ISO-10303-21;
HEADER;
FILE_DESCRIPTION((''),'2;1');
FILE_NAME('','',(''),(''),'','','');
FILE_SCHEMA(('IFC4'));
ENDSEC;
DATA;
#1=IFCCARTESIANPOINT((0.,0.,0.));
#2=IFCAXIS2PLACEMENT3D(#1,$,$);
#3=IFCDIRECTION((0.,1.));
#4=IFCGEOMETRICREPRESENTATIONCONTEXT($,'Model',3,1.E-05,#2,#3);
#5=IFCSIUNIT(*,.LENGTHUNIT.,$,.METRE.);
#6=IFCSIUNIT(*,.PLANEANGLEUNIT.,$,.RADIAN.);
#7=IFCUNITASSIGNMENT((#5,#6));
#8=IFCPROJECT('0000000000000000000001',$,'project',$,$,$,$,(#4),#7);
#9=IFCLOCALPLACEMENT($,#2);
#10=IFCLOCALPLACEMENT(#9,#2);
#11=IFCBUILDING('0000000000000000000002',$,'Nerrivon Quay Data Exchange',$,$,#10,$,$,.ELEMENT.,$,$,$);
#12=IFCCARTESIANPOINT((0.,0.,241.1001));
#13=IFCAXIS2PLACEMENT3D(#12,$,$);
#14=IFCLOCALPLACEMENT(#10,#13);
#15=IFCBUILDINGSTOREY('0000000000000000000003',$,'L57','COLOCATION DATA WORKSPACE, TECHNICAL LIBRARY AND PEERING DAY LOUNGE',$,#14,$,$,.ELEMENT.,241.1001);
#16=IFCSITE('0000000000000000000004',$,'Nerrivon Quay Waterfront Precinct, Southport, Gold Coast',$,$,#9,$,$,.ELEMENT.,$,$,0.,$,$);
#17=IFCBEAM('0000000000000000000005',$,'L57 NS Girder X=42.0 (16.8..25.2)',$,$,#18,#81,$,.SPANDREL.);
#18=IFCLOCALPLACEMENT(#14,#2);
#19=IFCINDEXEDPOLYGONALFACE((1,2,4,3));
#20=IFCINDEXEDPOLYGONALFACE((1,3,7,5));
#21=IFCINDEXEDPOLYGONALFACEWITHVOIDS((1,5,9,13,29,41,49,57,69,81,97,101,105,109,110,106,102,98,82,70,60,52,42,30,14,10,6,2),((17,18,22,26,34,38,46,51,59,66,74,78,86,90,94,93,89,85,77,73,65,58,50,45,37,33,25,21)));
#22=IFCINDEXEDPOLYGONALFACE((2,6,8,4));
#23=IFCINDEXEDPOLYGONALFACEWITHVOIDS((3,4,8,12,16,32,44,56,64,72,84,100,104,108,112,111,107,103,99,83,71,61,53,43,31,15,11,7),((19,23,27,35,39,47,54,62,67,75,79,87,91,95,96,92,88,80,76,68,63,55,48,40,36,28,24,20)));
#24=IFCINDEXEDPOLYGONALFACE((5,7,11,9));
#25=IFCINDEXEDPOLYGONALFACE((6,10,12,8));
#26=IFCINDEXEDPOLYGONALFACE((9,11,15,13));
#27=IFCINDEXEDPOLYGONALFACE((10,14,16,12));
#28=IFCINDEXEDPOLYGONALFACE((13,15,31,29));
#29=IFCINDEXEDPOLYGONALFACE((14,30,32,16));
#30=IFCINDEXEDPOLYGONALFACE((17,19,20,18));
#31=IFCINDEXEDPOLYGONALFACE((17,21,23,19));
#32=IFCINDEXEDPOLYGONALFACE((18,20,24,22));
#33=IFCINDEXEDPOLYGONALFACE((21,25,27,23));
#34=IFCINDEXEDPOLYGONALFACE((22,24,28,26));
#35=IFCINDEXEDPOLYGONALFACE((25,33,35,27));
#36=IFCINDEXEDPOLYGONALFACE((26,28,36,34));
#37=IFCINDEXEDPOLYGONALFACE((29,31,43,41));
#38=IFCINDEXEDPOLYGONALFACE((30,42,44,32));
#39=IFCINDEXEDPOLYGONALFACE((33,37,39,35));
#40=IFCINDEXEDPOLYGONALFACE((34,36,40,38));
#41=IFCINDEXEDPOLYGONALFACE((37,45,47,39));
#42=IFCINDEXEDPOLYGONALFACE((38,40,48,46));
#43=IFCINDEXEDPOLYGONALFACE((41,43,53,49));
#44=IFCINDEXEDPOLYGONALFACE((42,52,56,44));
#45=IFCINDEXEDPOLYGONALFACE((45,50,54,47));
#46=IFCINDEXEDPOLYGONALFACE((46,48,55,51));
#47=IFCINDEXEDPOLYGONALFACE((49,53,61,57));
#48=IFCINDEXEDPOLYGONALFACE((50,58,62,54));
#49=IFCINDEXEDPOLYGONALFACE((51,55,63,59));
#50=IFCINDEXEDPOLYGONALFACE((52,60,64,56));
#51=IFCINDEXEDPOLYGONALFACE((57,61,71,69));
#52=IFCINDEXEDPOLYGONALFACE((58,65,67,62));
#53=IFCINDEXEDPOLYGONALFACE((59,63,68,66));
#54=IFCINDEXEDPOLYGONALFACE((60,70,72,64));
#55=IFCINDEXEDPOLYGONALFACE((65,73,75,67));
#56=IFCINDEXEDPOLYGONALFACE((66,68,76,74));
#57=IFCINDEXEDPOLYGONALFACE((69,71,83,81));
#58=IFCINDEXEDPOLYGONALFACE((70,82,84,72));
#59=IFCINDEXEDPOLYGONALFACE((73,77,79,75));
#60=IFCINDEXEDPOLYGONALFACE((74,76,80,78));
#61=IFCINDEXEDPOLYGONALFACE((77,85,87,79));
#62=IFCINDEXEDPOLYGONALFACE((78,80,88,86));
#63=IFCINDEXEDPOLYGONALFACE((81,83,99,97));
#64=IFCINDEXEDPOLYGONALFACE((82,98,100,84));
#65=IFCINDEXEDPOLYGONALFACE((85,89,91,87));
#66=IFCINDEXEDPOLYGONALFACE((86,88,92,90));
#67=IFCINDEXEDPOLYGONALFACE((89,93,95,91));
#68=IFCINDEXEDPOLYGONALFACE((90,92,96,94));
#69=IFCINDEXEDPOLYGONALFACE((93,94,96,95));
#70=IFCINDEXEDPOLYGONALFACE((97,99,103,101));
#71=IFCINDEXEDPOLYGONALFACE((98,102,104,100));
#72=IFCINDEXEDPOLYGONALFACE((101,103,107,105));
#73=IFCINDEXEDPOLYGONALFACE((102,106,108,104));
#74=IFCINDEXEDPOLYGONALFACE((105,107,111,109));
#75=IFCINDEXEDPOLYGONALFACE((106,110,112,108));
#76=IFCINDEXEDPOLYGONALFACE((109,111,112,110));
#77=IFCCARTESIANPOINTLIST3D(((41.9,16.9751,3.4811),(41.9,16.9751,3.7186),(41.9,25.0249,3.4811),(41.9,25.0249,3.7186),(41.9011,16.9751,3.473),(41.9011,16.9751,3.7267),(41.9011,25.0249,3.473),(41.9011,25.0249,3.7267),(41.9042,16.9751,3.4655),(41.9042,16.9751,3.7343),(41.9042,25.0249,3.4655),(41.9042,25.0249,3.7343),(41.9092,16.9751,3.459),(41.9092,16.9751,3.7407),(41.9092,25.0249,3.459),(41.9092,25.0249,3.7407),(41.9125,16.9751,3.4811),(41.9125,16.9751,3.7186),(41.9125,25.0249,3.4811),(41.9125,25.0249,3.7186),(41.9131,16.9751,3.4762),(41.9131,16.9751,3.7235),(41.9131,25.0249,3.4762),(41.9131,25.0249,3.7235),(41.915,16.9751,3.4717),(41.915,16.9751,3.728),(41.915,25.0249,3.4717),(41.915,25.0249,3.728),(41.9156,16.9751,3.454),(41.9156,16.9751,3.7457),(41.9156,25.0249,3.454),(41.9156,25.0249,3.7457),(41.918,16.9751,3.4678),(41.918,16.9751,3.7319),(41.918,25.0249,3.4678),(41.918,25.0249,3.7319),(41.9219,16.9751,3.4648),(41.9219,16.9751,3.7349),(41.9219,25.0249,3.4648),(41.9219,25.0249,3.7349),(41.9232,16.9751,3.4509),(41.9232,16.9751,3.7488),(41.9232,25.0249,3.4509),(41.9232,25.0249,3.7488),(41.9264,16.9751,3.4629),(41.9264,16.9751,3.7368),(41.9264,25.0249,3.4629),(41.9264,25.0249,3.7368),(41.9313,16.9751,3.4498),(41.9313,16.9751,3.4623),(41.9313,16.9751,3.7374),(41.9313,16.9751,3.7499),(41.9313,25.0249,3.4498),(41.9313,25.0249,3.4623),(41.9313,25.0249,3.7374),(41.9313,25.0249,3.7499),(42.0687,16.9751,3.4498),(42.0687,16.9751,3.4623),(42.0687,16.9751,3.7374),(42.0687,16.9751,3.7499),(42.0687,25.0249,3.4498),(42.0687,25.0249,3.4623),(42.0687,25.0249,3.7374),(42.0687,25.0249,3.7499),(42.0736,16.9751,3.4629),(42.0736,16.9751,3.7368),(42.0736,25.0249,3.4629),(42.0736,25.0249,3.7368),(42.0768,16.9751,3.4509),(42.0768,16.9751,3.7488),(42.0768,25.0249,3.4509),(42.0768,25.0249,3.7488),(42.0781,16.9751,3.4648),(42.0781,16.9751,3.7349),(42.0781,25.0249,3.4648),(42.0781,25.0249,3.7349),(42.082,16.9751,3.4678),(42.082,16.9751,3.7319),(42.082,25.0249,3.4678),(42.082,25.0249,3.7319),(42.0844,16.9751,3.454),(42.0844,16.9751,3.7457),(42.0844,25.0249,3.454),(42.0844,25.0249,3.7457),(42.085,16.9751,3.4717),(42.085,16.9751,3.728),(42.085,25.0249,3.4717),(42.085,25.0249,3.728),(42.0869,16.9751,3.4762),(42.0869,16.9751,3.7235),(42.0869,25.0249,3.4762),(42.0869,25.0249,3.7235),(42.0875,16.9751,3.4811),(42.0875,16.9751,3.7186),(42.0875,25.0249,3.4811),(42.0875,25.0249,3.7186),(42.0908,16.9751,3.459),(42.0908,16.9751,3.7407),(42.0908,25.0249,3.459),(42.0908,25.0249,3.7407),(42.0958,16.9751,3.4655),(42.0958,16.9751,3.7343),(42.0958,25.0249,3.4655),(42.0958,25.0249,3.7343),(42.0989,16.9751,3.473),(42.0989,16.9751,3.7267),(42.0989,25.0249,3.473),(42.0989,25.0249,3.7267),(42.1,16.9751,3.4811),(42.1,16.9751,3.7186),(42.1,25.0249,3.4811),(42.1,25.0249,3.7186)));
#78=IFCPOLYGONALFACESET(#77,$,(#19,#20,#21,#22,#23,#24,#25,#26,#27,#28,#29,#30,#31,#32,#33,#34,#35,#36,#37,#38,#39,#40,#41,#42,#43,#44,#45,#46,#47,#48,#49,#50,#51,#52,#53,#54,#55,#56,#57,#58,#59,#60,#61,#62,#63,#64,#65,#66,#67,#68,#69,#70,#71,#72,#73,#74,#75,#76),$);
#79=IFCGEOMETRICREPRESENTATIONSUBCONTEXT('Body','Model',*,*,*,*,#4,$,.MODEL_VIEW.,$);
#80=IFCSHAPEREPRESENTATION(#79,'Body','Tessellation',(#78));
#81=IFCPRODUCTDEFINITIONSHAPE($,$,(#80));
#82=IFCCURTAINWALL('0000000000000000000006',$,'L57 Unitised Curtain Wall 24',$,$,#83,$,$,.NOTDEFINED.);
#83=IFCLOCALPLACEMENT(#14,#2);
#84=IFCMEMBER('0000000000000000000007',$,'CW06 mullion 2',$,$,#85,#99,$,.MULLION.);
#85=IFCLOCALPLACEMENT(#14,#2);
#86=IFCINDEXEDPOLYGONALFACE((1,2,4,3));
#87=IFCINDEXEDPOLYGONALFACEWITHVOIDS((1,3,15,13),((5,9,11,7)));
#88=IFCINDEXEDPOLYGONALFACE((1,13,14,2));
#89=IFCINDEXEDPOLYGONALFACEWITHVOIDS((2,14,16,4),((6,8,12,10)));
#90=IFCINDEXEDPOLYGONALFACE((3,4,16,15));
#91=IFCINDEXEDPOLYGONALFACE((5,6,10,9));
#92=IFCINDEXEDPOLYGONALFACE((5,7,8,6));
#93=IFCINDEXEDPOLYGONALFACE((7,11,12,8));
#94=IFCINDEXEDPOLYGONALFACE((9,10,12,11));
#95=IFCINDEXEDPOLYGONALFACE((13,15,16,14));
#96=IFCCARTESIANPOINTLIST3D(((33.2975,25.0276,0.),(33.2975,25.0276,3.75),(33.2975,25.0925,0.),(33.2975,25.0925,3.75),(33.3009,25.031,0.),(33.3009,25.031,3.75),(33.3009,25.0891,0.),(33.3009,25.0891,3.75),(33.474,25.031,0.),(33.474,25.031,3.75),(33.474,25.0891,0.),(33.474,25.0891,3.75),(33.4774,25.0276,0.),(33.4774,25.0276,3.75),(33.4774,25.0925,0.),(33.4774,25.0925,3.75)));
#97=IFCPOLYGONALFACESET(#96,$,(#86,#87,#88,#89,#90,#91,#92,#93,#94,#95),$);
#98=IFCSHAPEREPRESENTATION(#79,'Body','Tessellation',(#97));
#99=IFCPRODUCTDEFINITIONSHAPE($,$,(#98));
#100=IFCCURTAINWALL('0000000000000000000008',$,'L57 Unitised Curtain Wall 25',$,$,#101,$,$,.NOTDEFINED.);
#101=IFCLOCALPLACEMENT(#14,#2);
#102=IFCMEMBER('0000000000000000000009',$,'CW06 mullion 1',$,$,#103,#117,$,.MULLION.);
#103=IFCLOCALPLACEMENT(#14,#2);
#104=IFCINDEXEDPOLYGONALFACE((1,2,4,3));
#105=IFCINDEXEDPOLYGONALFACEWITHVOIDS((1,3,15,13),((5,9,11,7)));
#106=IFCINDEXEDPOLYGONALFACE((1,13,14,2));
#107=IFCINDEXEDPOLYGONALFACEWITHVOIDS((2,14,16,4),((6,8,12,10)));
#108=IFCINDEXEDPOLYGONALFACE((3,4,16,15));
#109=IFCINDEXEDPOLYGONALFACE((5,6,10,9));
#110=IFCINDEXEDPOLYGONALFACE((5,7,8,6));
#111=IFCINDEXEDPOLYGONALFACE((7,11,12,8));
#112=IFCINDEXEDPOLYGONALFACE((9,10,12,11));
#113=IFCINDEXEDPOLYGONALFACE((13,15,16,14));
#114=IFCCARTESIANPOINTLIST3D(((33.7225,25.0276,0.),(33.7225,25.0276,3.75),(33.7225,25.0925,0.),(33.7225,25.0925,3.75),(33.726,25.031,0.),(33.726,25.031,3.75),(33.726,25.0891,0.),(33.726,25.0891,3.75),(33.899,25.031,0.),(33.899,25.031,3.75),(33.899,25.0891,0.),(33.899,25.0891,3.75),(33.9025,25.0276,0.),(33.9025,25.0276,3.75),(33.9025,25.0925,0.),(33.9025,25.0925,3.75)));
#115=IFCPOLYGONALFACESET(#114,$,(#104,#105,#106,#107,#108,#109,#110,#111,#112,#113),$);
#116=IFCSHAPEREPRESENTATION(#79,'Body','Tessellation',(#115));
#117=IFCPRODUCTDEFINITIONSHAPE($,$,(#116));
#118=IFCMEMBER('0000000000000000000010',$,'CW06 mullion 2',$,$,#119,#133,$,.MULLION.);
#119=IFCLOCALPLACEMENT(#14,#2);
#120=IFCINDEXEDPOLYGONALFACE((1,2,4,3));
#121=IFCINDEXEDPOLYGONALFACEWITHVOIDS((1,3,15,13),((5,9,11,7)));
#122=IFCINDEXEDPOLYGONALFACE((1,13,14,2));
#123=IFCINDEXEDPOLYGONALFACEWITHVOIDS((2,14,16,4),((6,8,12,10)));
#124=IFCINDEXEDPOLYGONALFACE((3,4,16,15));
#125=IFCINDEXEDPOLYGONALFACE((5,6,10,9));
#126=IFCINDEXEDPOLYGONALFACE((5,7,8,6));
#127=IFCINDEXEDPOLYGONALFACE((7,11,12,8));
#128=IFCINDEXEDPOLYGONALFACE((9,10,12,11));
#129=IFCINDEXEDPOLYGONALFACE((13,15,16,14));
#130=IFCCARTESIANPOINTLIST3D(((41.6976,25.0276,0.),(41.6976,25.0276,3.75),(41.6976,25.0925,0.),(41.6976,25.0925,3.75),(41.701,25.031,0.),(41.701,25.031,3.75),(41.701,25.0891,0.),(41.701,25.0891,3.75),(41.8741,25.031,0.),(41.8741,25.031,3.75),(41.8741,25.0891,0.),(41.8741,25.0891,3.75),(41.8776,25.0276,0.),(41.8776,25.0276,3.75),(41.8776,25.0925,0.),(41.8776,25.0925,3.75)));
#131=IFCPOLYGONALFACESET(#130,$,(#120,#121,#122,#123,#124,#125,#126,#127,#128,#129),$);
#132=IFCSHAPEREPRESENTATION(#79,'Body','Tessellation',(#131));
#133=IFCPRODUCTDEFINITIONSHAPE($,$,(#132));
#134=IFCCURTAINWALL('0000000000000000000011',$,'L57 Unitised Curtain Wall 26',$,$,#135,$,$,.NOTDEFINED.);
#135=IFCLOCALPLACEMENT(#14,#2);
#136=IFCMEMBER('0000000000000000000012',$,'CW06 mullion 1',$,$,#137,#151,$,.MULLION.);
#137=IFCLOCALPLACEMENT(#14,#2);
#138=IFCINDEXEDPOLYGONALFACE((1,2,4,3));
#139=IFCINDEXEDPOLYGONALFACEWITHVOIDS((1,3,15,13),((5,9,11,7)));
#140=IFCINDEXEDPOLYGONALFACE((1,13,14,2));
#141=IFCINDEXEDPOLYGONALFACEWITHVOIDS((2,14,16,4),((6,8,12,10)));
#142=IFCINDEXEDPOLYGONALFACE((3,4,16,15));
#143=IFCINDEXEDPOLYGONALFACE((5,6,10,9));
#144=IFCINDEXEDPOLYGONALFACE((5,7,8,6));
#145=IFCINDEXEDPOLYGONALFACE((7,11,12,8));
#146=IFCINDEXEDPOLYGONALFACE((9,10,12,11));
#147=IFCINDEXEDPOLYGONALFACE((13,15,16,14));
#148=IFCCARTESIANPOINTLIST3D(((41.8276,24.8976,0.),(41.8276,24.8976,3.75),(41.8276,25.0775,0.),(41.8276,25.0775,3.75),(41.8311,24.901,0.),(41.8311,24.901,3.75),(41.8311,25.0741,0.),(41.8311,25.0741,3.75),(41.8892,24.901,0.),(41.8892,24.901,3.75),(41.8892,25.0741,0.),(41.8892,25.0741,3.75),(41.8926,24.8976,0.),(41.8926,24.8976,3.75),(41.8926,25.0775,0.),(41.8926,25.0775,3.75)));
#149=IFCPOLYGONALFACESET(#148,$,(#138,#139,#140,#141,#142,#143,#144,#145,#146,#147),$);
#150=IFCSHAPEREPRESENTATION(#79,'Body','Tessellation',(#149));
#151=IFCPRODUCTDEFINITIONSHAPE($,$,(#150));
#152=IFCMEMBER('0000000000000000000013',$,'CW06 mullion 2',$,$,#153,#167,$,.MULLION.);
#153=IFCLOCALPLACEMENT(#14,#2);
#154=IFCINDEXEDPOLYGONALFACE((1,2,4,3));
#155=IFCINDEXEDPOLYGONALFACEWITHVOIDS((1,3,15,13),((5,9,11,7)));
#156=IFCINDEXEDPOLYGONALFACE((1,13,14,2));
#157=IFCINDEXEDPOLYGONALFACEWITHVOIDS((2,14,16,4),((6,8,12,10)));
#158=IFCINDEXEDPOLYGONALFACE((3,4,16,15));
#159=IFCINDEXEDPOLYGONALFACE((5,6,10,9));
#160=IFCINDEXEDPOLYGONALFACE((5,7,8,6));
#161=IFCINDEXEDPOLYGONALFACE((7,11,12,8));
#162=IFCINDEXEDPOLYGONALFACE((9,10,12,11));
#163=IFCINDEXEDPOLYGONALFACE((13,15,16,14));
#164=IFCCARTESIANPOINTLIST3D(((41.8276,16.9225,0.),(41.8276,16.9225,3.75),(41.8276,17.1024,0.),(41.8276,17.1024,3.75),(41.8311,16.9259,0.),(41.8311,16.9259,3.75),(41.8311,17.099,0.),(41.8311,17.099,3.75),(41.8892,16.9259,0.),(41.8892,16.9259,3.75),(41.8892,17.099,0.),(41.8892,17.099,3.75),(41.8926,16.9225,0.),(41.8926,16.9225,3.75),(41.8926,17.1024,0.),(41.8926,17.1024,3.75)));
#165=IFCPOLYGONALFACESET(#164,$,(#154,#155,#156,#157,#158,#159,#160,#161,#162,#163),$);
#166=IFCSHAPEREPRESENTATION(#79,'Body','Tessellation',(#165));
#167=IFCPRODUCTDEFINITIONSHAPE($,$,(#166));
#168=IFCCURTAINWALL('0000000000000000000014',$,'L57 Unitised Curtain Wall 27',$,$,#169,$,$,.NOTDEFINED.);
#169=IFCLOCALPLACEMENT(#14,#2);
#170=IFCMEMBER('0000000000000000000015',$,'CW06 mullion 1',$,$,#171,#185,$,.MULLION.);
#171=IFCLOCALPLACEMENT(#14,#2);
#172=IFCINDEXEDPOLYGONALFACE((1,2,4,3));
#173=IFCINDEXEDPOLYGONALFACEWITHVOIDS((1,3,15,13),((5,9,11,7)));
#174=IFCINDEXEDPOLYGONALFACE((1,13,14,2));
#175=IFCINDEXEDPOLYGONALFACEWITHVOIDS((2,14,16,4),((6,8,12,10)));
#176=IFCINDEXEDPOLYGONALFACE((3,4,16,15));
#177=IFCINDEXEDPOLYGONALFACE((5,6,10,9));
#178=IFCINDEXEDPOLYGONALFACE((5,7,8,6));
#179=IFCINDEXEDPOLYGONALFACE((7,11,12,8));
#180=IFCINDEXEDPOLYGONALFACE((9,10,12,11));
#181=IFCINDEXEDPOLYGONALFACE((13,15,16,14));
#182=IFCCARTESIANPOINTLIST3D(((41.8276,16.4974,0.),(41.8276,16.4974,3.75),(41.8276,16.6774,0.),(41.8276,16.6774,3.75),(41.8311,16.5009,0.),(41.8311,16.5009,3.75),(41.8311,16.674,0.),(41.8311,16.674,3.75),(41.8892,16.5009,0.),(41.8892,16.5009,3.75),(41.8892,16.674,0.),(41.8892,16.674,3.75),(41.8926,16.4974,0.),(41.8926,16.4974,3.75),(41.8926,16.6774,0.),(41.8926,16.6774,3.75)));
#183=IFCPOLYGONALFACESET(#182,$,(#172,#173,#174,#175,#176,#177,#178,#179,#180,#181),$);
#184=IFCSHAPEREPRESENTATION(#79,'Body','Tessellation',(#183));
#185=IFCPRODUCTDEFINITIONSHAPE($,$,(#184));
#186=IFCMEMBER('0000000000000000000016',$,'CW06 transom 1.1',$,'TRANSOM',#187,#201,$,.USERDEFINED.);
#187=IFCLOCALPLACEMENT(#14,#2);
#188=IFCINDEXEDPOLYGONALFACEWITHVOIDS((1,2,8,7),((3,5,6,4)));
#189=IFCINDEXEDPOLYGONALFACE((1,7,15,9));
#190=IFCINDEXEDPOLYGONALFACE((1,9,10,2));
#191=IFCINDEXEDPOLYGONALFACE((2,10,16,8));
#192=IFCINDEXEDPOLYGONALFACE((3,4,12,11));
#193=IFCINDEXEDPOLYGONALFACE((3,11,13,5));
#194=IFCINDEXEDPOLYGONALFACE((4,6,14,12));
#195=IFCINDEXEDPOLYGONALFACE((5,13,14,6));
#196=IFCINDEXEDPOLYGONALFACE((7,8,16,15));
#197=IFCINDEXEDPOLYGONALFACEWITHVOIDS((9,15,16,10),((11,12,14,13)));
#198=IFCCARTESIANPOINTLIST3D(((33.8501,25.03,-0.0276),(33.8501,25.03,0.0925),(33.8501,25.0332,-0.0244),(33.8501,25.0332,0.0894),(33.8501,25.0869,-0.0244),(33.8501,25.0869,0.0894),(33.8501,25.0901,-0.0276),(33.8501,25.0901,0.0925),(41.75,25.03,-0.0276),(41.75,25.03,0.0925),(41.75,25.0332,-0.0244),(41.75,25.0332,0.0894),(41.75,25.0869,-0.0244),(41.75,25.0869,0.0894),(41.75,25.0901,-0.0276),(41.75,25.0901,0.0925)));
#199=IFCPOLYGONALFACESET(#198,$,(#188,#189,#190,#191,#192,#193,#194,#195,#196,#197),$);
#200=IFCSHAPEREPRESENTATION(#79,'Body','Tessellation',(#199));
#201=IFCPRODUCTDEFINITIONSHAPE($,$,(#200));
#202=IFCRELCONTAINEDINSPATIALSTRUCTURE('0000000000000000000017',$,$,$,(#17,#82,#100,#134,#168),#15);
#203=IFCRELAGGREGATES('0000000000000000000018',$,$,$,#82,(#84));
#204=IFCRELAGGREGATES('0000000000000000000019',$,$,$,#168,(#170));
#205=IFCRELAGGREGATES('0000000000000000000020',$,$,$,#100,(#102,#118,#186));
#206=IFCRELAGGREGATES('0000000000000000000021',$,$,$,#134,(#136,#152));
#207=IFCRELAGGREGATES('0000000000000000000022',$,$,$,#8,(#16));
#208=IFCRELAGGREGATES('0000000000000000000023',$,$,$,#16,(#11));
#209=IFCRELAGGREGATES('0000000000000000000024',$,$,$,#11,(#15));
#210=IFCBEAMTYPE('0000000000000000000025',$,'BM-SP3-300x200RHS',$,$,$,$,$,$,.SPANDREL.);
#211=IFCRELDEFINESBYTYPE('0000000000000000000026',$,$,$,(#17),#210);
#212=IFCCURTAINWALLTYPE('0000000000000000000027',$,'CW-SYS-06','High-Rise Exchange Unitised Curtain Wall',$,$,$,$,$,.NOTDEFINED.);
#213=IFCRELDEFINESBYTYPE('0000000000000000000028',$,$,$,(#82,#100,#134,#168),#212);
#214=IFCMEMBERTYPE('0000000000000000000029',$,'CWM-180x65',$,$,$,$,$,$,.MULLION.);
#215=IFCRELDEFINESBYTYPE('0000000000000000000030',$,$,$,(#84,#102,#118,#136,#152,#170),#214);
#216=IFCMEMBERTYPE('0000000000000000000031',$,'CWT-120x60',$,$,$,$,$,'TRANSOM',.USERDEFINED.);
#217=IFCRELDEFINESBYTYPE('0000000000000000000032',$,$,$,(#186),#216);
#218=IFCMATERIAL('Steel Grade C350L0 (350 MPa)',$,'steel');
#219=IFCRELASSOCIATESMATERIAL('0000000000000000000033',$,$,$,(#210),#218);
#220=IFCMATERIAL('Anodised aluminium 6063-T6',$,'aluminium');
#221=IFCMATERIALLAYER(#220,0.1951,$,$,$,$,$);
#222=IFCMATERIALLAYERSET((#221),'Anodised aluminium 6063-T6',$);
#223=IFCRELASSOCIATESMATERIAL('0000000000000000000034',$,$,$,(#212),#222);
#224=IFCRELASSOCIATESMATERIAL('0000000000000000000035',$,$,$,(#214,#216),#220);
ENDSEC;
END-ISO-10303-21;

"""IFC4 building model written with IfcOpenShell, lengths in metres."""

from ifc_helpers import new_model, si_unit, direction, frame, origin, origin_2d, place, context, subcontext, project, spatial, hollow_rectangle, extrude, material, layer, layer_set, material_profile, profile_set, type_object, element, aggregate, save


model = new_model("IFC4")

# Units and contexts
model_context = context("Model", 3, precision=1e-05, world=origin(), true_north=direction((0.0, 1.0)))
body_context = subcontext(model_context, "Body", "Model", "MODEL_VIEW")
ifc_project = project(units=[si_unit("LENGTHUNIT", "METRE"), si_unit("PLANEANGLEUNIT", "RADIAN")], contexts=[model_context])

# Site, building, storey
site_placement = place(None, origin())
site = spatial("IfcSite", under=ifc_project, at=site_placement, Name="Nerrivon Quay Waterfront Precinct, Southport, Gold Coast", CompositionType="ELEMENT", RefElevation=0.0)
building_placement = place(site_placement, origin())
building = spatial("IfcBuilding", under=site, at=building_placement, Name="Nerrivon Quay Data Exchange", CompositionType="ELEMENT")
storey_placement = place(building_placement, frame((0.0, 0.0, 241.1001)))
storey = spatial("IfcBuildingStorey", under=building, at=storey_placement, Name="L57", Description="COLOCATION DATA WORKSPACE, TECHNICAL LIBRARY AND PEERING DAY LOUNGE", CompositionType="ELEMENT", Elevation=241.1001)

# Beam
ifc_material_1 = material(Name="Steel Grade C350L0 (350 MPa)", Category="steel")
ifc_material_profile_1 = material_profile(ifc_material_1, hollow_rectangle(XDim=0.2, YDim=0.3, WallThickness=0.0125, InnerFilletRadius=0.0188, OuterFilletRadius=0.0312, at=origin_2d()), Name="300x200x12.5RHS")
ifc_profile_set_1 = profile_set([ifc_material_profile_1], Name="Steel Grade C350L0 (350 MPa)")
beam_type_1 = type_object("IfcBeamType", Name="BM-SP3-300x200RHS", PredefinedType="SPANDREL", material=ifc_profile_set_1)
beam_1_placement = place(storey_placement, frame((42.0, 16.9751, 3.5999), z_axis=(0.0, 1.0, 0.0), x_axis=(-1.0, 0.0, 0.0)))
element("IfcBeam", 1, at=beam_1_placement, inside=storey, type_object=beam_type_1, Name="L57 NS Girder X=42.0 (16.8..25.2)", PredefinedType="SPANDREL", context=body_context, shape_type="SweptSolid", body=[
    extrude(hollow_rectangle(XDim=0.2, YDim=0.3, WallThickness=0.0125, InnerFilletRadius=0.0188, OuterFilletRadius=0.0312, at=origin_2d()), origin(), (0.0, 0.0, 1.0), 8.0498),
])

# Curtain wall, member
ifc_material_2 = material(Name="Anodised aluminium 6063-T6", Category="aluminium")
ifc_layer_1 = layer(ifc_material_2, 0.1951)
ifc_layer_set_1 = layer_set([ifc_layer_1], Name="Anodised aluminium 6063-T6")
curtain_wall_type = type_object("IfcCurtainWallType", Name="CW-SYS-06", Description="High-Rise Exchange Unitised Curtain Wall", PredefinedType="NOTDEFINED", material=ifc_layer_set_1)
curtain_wall_1_placement = place(storey_placement, origin())
curtain_wall_1 = element("IfcCurtainWall", 2, at=curtain_wall_1_placement, inside=storey, type_object=curtain_wall_type, Name="L57 Unitised Curtain Wall 24", PredefinedType="NOTDEFINED")
ifc_material_profile_2 = material_profile(ifc_material_2, hollow_rectangle(XDim=0.0649, YDim=0.1799, WallThickness=0.0034, at=origin_2d()), Name="ALU-MULL-180x65")
ifc_profile_set_2 = profile_set([ifc_material_profile_2], Name="Anodised aluminium 6063-T6")
member_type_1 = type_object("IfcMemberType", Name="CWM-180x65", PredefinedType="MULLION", material=ifc_profile_set_2)
member_1_placement = place(storey_placement, frame((33.3875, 25.0601, 0.0), z_axis=(0.0, 0.0, 1.0), x_axis=(0.0, 1.0, 0.0)))
member_1 = element("IfcMember", 3, at=member_1_placement, type_object=member_type_1, Name="CW06 mullion 2", PredefinedType="MULLION", context=body_context, shape_type="SweptSolid", body=[
    extrude(hollow_rectangle(XDim=0.0649, YDim=0.1799, WallThickness=0.0034, at=origin_2d()), origin(), (0.0, 0.0, 1.0), 3.75),
])
aggregate(curtain_wall_1, [member_1])

# Curtain walls, members
curtain_wall_2_placement = place(storey_placement, origin())
curtain_wall_2 = element("IfcCurtainWall", 4, at=curtain_wall_2_placement, inside=storey, type_object=curtain_wall_type, Name="L57 Unitised Curtain Wall 25", PredefinedType="NOTDEFINED")
member_2_placement = place(storey_placement, frame((33.8125, 25.0601, 0.0), z_axis=(0.0, 0.0, 1.0), x_axis=(0.0, 1.0, 0.0)))
member_2 = element("IfcMember", 5, at=member_2_placement, type_object=member_type_1, Name="CW06 mullion 1", PredefinedType="MULLION", context=body_context, shape_type="SweptSolid", body=[
    extrude(hollow_rectangle(XDim=0.0649, YDim=0.1799, WallThickness=0.0034, at=origin_2d()), origin(), (0.0, 0.0, 1.0), 3.75),
])
member_3_placement = place(storey_placement, frame((41.7876, 25.0601, 0.0), z_axis=(0.0, 0.0, 1.0), x_axis=(0.0, 1.0, 0.0)))
member_3 = element("IfcMember", 6, at=member_3_placement, type_object=member_type_1, Name="CW06 mullion 2", PredefinedType="MULLION", context=body_context, shape_type="SweptSolid", body=[
    extrude(hollow_rectangle(XDim=0.0649, YDim=0.1799, WallThickness=0.0034, at=origin_2d()), origin(), (0.0, 0.0, 1.0), 3.75),
])
curtain_wall_3_placement = place(storey_placement, origin())
curtain_wall_3 = element("IfcCurtainWall", 7, at=curtain_wall_3_placement, inside=storey, type_object=curtain_wall_type, Name="L57 Unitised Curtain Wall 26", PredefinedType="NOTDEFINED")
member_4_placement = place(storey_placement, frame((41.8601, 24.9875, 0.0), z_axis=(0.0, 0.0, 1.0), x_axis=(1.0, 0.0, 0.0)))
member_4 = element("IfcMember", 8, at=member_4_placement, type_object=member_type_1, Name="CW06 mullion 1", PredefinedType="MULLION", context=body_context, shape_type="SweptSolid", body=[
    extrude(hollow_rectangle(XDim=0.0649, YDim=0.1799, WallThickness=0.0034, at=origin_2d()), origin(), (0.0, 0.0, 1.0), 3.75),
])
member_5_placement = place(storey_placement, frame((41.8601, 17.0125, 0.0), z_axis=(0.0, 0.0, 1.0), x_axis=(1.0, 0.0, 0.0)))
member_5 = element("IfcMember", 9, at=member_5_placement, type_object=member_type_1, Name="CW06 mullion 2", PredefinedType="MULLION", context=body_context, shape_type="SweptSolid", body=[
    extrude(hollow_rectangle(XDim=0.0649, YDim=0.1799, WallThickness=0.0034, at=origin_2d()), origin(), (0.0, 0.0, 1.0), 3.75),
])

# Curtain wall, member
curtain_wall_4_placement = place(storey_placement, origin())
curtain_wall_4 = element("IfcCurtainWall", 10, at=curtain_wall_4_placement, inside=storey, type_object=curtain_wall_type, Name="L57 Unitised Curtain Wall 27", PredefinedType="NOTDEFINED")
member_6_placement = place(storey_placement, frame((41.8601, 16.5874, 0.0), z_axis=(0.0, 0.0, 1.0), x_axis=(1.0, 0.0, 0.0)))
member_6 = element("IfcMember", 11, at=member_6_placement, type_object=member_type_1, Name="CW06 mullion 1", PredefinedType="MULLION", context=body_context, shape_type="SweptSolid", body=[
    extrude(hollow_rectangle(XDim=0.0649, YDim=0.1799, WallThickness=0.0034, at=origin_2d()), origin(), (0.0, 0.0, 1.0), 3.75),
])

# Member
ifc_material_profile_3 = material_profile(ifc_material_2, hollow_rectangle(XDim=0.0601, YDim=0.1201, WallThickness=0.0032, at=origin_2d()), Name="ALU-TRAN-120x60")
ifc_profile_set_3 = profile_set([ifc_material_profile_3], Name="Anodised aluminium 6063-T6")
member_type_2 = type_object("IfcMemberType", Name="CWT-120x60", ElementType="TRANSOM", PredefinedType="USERDEFINED", material=ifc_profile_set_3)
member_7_placement = place(storey_placement, frame((33.8501, 25.0601, 0.0325), z_axis=(1.0, 0.0, 0.0), x_axis=(0.0, 1.0, 0.0)))
member_7 = element("IfcMember", 12, at=member_7_placement, type_object=member_type_2, Name="CW06 transom 1.1", ObjectType="TRANSOM", PredefinedType="USERDEFINED", context=body_context, shape_type="SweptSolid", body=[
    extrude(hollow_rectangle(XDim=0.0601, YDim=0.1201, WallThickness=0.0032, at=origin_2d()), origin(), (0.0, 0.0, 1.0), 7.8999),
])
aggregate(curtain_wall_4, [member_6])

aggregate(curtain_wall_2, [member_2, member_3, member_7])
aggregate(curtain_wall_3, [member_4, member_5])

save(model, "model.ifc")
